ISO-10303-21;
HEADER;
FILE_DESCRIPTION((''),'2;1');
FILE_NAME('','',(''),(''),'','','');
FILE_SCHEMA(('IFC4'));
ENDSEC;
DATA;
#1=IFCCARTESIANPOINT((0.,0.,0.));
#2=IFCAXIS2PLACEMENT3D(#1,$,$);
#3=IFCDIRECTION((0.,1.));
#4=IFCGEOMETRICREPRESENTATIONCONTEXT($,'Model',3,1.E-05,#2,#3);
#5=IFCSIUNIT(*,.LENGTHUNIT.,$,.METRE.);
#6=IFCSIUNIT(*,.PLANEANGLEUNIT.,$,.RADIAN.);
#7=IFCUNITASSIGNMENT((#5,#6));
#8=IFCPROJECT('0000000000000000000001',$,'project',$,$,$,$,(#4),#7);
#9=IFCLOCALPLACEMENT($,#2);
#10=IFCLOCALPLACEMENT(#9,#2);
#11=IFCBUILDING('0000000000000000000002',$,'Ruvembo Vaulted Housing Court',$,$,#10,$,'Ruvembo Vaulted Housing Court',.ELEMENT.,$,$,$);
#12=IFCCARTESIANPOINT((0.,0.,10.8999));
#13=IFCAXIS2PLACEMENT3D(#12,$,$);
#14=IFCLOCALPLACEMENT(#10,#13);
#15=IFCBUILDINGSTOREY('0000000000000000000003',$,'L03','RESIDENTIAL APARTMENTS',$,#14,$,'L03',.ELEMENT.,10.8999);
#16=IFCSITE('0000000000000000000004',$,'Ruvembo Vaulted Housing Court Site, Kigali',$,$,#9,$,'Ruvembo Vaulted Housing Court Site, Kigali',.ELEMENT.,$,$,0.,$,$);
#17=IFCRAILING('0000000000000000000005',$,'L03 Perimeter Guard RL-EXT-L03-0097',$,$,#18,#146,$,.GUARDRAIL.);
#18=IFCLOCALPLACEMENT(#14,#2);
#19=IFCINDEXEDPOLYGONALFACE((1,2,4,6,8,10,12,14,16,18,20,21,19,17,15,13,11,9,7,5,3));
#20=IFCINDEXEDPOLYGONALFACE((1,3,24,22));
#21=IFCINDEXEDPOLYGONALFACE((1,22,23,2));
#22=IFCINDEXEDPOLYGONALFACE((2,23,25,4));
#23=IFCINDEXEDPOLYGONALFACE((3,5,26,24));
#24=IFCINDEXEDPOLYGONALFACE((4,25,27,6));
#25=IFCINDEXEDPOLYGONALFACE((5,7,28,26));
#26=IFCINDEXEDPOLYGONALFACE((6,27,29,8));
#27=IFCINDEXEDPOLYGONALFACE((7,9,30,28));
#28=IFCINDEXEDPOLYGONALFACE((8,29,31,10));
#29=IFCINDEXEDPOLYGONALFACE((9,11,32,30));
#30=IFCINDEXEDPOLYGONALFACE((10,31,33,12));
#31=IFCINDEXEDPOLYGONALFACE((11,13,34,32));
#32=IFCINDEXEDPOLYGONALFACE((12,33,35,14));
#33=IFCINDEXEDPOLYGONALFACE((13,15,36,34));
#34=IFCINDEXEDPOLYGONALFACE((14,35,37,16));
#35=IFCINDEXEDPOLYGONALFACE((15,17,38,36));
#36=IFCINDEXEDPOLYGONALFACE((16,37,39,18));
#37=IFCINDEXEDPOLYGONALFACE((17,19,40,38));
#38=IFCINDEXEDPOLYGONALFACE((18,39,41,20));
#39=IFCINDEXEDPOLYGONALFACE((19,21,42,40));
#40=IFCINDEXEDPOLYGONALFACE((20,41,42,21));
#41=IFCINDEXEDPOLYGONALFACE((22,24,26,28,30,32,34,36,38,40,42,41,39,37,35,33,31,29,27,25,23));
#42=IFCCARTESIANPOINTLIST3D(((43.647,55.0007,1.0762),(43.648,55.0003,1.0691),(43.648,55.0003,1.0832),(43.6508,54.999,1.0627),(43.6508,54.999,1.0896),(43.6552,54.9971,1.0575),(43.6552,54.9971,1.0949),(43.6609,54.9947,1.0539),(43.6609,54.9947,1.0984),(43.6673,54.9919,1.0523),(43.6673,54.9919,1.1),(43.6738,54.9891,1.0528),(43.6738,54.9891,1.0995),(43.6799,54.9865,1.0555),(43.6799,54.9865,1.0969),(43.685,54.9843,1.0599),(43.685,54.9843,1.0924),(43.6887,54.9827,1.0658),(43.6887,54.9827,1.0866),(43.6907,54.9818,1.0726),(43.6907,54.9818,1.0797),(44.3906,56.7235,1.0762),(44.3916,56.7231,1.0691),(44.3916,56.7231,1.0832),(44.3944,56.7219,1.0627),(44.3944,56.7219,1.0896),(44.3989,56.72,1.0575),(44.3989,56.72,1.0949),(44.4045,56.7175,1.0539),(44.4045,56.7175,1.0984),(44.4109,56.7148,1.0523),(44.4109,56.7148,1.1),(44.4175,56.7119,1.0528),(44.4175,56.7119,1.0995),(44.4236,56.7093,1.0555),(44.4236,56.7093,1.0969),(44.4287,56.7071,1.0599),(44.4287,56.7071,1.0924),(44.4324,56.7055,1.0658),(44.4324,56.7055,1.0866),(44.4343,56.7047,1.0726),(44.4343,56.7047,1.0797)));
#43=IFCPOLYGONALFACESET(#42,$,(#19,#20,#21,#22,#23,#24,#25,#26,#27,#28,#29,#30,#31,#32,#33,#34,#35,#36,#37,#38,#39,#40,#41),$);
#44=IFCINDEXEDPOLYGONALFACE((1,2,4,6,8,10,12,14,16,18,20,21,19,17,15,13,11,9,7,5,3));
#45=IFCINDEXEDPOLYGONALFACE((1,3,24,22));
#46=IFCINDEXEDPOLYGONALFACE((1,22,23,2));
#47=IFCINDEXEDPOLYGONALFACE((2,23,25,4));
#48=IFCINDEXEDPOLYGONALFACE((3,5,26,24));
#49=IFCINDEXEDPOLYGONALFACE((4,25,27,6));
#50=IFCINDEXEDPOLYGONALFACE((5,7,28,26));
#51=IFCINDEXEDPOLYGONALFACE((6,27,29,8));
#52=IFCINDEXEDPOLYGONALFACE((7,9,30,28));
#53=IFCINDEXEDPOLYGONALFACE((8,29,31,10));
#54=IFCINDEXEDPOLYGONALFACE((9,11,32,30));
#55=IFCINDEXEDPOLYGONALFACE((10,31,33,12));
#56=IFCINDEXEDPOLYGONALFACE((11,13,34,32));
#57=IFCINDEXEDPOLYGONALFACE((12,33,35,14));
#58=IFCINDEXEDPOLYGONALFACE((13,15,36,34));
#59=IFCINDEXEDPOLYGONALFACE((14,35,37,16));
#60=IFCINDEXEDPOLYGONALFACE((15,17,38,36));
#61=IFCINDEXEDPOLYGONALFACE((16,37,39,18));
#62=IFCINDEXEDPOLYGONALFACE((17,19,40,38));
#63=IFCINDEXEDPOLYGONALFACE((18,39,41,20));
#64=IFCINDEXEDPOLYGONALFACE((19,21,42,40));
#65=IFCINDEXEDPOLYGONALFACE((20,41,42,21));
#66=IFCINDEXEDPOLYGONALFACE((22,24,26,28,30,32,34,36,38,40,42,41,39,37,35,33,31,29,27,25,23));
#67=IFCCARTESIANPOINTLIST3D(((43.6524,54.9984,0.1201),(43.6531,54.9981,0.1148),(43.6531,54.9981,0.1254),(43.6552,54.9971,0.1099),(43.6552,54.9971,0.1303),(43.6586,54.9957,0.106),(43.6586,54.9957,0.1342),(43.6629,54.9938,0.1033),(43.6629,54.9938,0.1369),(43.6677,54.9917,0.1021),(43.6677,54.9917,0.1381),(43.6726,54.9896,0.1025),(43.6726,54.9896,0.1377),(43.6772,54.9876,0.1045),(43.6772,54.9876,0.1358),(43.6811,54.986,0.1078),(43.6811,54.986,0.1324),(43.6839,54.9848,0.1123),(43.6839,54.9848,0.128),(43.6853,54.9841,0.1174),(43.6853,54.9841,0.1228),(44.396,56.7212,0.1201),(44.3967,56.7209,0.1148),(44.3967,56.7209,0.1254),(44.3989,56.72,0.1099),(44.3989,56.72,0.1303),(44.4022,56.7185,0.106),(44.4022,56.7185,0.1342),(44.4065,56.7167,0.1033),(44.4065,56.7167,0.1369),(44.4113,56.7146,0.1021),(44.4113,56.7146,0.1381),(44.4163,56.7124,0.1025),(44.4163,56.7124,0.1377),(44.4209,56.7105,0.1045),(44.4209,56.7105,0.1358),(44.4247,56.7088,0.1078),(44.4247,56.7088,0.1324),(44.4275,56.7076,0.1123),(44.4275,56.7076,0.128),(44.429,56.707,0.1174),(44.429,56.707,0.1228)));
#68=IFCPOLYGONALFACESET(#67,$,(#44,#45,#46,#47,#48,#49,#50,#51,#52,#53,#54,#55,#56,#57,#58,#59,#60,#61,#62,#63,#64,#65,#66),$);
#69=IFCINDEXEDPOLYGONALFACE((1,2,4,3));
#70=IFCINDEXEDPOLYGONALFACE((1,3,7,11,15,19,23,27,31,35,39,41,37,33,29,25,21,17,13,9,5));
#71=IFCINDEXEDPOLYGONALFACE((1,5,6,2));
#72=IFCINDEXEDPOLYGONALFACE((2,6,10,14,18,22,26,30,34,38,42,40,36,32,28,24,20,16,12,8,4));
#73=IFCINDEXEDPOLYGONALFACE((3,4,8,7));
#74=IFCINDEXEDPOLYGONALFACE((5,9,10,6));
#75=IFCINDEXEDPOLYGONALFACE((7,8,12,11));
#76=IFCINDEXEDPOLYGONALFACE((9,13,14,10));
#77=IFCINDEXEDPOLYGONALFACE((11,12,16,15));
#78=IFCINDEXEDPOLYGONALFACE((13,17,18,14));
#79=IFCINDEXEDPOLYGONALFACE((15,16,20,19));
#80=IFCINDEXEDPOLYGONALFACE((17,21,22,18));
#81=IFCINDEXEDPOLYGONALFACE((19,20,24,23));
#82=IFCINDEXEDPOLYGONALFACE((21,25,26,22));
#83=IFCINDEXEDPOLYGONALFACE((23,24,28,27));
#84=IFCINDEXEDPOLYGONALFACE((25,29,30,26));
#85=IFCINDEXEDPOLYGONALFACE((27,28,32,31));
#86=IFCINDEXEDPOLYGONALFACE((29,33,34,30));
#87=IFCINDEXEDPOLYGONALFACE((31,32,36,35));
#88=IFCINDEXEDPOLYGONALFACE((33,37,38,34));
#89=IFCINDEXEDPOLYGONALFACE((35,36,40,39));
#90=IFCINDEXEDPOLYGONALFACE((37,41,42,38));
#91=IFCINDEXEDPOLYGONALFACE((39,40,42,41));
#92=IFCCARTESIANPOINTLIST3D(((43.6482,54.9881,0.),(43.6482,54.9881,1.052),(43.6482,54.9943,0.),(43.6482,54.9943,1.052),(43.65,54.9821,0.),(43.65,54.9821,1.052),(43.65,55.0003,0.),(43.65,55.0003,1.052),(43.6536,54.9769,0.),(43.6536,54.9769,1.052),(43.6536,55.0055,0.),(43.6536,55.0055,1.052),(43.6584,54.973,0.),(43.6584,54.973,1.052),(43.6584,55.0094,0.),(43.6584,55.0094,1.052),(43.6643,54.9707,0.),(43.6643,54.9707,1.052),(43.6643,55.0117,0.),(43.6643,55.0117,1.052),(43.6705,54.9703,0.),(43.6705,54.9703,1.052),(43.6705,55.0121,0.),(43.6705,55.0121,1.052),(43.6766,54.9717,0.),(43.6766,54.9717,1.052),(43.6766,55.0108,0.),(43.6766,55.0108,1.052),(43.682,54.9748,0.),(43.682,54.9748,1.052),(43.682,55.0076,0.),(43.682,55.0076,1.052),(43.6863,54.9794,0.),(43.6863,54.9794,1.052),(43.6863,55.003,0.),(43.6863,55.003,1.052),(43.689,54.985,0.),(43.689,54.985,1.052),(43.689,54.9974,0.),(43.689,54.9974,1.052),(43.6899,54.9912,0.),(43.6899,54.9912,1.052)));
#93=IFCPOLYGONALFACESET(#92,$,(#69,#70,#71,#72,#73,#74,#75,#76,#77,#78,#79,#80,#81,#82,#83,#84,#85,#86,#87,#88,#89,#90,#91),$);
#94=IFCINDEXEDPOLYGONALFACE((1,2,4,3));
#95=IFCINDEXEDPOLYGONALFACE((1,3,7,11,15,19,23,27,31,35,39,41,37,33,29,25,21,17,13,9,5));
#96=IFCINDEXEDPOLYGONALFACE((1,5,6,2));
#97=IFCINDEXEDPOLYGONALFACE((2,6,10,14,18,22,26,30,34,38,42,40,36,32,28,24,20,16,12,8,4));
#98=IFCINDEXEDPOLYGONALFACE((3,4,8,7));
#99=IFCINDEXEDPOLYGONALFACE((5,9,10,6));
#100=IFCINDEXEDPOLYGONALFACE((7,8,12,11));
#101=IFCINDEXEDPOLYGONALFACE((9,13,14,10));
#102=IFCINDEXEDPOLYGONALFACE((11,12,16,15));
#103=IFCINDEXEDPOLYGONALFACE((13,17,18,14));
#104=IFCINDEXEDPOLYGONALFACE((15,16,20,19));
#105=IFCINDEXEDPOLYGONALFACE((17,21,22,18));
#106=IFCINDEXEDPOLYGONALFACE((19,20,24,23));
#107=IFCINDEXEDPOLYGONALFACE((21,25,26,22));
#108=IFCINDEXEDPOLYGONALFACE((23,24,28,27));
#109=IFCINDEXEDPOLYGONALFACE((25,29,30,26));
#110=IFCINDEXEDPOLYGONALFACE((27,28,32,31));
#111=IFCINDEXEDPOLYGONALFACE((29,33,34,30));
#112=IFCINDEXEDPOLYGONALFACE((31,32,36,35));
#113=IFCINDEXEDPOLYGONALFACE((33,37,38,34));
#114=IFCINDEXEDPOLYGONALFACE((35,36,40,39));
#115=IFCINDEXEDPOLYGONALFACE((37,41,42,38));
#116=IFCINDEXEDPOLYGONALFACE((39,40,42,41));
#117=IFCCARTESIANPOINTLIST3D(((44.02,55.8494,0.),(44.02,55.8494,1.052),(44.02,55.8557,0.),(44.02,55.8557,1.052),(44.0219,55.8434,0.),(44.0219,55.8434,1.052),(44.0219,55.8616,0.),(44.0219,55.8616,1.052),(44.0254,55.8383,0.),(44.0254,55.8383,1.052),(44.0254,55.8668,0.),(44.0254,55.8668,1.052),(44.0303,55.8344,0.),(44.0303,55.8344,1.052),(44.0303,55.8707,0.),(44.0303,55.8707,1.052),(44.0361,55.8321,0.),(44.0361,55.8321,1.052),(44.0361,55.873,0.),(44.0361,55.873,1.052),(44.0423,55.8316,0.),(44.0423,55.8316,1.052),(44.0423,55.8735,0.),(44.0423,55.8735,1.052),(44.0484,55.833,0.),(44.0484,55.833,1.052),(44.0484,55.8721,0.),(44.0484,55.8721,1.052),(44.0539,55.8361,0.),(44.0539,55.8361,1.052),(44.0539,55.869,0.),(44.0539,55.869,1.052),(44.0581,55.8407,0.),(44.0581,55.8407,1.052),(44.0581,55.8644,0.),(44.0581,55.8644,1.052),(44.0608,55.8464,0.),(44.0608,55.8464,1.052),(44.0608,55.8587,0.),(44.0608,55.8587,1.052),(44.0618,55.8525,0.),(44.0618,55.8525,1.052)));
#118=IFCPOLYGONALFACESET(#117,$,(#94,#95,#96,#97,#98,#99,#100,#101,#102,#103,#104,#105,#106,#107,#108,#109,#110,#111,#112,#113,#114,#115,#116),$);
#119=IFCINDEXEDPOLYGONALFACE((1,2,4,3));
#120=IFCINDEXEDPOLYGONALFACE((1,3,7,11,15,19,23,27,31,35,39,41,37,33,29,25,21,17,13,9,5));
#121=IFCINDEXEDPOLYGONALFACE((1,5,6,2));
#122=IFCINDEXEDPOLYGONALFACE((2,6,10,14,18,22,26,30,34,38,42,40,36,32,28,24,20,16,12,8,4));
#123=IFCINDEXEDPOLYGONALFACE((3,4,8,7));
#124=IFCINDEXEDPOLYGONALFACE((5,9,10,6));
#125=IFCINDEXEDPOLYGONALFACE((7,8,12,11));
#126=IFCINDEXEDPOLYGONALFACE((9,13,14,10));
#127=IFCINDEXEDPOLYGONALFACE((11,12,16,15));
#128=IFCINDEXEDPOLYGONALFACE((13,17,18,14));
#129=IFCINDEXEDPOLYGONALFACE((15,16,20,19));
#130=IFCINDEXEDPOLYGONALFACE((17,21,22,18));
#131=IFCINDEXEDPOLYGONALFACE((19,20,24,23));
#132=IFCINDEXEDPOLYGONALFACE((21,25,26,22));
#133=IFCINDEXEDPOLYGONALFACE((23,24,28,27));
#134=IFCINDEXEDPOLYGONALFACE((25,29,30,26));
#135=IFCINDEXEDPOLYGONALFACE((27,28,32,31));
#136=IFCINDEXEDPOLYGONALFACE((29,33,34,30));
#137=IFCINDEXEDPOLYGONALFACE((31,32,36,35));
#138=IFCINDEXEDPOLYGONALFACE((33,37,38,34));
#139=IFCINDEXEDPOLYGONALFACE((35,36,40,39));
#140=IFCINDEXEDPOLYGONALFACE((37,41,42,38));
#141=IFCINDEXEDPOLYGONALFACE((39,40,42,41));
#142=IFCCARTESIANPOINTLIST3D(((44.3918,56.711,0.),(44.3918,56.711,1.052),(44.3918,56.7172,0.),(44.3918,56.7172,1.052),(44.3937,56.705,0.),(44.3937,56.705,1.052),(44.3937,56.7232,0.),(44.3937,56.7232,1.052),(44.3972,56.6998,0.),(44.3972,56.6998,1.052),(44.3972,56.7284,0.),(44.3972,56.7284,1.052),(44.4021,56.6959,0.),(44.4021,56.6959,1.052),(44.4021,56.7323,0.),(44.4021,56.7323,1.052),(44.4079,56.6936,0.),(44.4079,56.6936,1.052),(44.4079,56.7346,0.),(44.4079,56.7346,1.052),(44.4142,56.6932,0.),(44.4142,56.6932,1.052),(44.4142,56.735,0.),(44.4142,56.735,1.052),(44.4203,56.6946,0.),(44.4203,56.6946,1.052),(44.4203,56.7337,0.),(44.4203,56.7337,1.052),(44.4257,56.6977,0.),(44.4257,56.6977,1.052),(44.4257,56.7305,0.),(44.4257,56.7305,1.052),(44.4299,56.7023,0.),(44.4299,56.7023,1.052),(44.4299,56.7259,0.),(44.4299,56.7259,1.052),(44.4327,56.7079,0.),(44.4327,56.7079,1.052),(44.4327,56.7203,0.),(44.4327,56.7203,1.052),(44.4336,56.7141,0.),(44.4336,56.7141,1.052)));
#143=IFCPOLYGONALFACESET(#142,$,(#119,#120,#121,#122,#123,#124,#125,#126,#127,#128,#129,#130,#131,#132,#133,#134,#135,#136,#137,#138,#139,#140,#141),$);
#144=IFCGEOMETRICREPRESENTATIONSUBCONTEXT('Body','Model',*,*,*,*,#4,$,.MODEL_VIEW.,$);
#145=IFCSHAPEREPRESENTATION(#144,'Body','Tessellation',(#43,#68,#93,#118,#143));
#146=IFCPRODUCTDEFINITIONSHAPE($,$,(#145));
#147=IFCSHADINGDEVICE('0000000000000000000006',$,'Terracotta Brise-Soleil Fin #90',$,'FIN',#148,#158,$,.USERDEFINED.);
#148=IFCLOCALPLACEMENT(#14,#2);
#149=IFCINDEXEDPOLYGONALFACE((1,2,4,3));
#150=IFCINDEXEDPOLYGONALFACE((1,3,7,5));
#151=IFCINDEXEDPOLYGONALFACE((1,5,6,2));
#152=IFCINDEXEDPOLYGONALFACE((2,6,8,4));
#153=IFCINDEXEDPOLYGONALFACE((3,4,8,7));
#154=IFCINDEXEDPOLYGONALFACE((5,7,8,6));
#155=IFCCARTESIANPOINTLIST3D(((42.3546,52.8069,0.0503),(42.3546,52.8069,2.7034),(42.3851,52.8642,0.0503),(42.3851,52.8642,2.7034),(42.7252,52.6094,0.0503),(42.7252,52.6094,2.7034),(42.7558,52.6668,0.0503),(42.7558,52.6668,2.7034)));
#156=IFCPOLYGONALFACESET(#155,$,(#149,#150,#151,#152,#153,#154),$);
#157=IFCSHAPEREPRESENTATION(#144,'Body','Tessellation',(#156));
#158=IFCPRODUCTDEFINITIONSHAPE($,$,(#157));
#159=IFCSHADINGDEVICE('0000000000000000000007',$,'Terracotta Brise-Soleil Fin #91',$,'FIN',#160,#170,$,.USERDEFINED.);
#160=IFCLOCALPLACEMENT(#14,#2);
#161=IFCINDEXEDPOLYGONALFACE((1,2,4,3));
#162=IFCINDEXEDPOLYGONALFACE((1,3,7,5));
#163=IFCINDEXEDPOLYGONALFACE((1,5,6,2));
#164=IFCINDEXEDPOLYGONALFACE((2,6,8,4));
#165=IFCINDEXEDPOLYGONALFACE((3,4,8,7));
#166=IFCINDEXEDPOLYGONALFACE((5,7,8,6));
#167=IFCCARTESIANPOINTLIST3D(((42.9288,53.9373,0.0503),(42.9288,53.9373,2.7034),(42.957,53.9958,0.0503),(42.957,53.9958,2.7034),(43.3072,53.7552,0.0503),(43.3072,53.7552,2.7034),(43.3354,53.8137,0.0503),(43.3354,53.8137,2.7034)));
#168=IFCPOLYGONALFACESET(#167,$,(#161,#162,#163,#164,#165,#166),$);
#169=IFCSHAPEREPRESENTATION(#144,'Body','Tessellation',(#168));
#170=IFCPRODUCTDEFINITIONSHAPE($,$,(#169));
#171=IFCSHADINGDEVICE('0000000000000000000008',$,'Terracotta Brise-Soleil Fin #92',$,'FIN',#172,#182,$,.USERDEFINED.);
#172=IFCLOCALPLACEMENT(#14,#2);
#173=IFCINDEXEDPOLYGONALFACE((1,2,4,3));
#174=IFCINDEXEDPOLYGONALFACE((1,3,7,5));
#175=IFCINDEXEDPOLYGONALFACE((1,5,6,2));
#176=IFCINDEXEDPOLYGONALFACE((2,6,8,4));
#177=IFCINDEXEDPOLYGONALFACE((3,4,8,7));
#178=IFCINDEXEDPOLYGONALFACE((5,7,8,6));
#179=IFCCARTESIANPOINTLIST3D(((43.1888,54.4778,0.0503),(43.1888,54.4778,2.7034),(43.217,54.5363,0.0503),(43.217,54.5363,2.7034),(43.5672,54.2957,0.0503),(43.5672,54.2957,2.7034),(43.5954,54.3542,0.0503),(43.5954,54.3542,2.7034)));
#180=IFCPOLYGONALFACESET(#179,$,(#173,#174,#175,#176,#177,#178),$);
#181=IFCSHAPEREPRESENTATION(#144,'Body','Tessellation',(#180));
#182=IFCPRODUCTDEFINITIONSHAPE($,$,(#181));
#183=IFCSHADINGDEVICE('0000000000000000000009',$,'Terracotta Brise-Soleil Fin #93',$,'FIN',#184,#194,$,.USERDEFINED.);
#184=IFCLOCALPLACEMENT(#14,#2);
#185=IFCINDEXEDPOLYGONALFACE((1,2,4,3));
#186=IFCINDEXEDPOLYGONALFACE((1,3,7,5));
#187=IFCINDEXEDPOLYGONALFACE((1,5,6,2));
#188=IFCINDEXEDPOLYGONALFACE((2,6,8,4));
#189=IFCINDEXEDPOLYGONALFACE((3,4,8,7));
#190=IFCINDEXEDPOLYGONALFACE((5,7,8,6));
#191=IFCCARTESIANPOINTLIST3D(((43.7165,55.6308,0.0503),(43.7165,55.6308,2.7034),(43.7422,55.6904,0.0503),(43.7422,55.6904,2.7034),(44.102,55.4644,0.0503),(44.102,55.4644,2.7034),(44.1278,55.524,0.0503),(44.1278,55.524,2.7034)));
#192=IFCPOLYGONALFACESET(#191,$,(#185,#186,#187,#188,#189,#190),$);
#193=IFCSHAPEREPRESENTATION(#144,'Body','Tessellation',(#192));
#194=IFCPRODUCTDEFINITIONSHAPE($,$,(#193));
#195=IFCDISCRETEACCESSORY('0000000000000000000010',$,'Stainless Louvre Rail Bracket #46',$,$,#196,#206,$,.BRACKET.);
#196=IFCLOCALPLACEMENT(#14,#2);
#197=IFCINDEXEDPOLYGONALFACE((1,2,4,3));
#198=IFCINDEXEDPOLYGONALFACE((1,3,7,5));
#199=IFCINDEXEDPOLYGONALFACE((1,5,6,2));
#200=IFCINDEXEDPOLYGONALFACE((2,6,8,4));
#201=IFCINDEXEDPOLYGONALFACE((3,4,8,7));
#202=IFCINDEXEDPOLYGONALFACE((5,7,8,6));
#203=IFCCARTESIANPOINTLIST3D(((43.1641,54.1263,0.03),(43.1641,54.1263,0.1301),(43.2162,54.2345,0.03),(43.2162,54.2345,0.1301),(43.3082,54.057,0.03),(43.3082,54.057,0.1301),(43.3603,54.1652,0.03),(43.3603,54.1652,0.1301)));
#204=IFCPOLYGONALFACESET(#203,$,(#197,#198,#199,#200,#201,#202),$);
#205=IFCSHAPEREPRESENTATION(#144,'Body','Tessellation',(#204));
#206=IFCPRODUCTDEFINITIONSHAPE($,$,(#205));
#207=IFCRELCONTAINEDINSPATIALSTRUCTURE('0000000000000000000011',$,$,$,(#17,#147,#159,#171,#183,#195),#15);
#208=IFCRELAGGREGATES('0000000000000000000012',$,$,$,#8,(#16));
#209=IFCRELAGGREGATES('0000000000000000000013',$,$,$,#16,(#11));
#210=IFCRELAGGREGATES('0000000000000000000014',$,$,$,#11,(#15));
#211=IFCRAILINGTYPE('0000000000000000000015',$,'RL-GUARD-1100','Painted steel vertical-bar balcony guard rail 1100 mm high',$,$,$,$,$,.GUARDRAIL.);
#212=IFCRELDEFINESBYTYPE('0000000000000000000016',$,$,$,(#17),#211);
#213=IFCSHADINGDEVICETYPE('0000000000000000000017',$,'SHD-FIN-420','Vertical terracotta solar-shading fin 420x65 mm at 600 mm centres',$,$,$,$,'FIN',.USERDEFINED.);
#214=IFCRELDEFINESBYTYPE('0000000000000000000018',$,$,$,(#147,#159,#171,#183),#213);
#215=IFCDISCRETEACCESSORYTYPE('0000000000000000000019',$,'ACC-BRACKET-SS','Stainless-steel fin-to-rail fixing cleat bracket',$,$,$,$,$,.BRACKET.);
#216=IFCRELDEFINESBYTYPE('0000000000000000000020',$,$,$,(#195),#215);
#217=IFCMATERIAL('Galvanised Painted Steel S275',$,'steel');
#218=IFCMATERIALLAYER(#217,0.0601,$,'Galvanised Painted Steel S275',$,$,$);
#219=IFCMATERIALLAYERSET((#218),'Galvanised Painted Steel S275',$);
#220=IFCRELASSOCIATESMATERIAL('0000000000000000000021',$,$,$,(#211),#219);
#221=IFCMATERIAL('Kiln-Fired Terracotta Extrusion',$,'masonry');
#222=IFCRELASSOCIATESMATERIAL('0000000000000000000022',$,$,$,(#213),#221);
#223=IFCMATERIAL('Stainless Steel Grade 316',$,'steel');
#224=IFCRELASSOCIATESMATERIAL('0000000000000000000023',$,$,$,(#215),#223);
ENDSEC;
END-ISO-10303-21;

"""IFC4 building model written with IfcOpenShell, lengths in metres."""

from ifc_helpers import new_model, si_unit, direction, frame, origin, origin_2d, place, context, subcontext, project, spatial, rectangle, circle, extrude, material, layer, layer_set, type_object, element, save


model = new_model("IFC4")

# Units and contexts
model_context = context("Model", 3, precision=1e-05, world=origin(), true_north=direction((0.0, 1.0)))
body_context = subcontext(model_context, "Body", "Model", "MODEL_VIEW")
ifc_project = project(units=[si_unit("LENGTHUNIT", "METRE"), si_unit("PLANEANGLEUNIT", "RADIAN")], contexts=[model_context])

# Site, building, storey
site_placement = place(None, origin())
site = spatial("IfcSite", under=ifc_project, at=site_placement, Name="Ruvembo Vaulted Housing Court Site, Kigali", LongName="Ruvembo Vaulted Housing Court Site, Kigali", CompositionType="ELEMENT", RefElevation=0.0)
building_placement = place(site_placement, origin())
building = spatial("IfcBuilding", under=site, at=building_placement, Name="Ruvembo Vaulted Housing Court", LongName="Ruvembo Vaulted Housing Court", CompositionType="ELEMENT")
storey_placement = place(building_placement, frame((0.0, 0.0, 10.8999)))
storey = spatial("IfcBuildingStorey", under=building, at=storey_placement, Name="L03", Description="RESIDENTIAL APARTMENTS", LongName="L03", CompositionType="ELEMENT", Elevation=10.8999)

# Railing
ifc_material_1 = material(Name="Galvanised Painted Steel S275", Category="steel")
ifc_layer_1 = layer(ifc_material_1, 0.0601, Name="Galvanised Painted Steel S275")
ifc_layer_set_1 = layer_set([ifc_layer_1], Name="Galvanised Painted Steel S275")
railing_type = type_object("IfcRailingType", Name="RL-GUARD-1100", Description="Painted steel vertical-bar balcony guard rail 1100 mm high", PredefinedType="GUARDRAIL", material=ifc_layer_set_1)
railing_1_placement = place(storey_placement, frame((43.6689, 54.9912, 0.0)))
element("IfcRailing", 1, at=railing_1_placement, inside=storey, type_object=railing_type, Name="L03 Perimeter Guard RL-EXT-L03-0097", PredefinedType="GUARDRAIL", context=body_context, shape_type="SweptSolid", body=[
    extrude(circle(Radius=0.0239, at=origin_2d()), frame((0.0, 0.0, 1.0762), z_axis=(0.396289, 0.918126, 0.0), x_axis=(-0.918126, 0.396289, 0.0)), (0.0, 0.0, 1.0), 1.8765),
    extrude(circle(Radius=0.0181, at=origin_2d()), frame((0.0, 0.0, 0.1201), z_axis=(0.396289, 0.918126, 0.0), x_axis=(-0.918126, 0.396289, 0.0)), (0.0, 0.0, 1.0), 1.8765),
    extrude(circle(Radius=0.021, at=origin_2d()), origin(), (0.0, 0.0, 1.0), 1.052),
    extrude(circle(Radius=0.021, at=origin_2d()), frame((0.3718, 0.8613, 0.0)), (0.0, 0.0, 1.0), 1.052),
    extrude(circle(Radius=0.021, at=origin_2d()), frame((0.7437, 1.7229, 0.0)), (0.0, 0.0, 1.0), 1.052),
])

# Shading devices
ifc_material_2 = material(Name="Kiln-Fired Terracotta Extrusion", Category="masonry")
shading_device_type = type_object("IfcShadingDeviceType", Name="SHD-FIN-420", Description="Vertical terracotta solar-shading fin 420x65 mm at 600 mm centres", ElementType="FIN", PredefinedType="USERDEFINED", material=ifc_material_2)
for number, where, z_axis, x_axis, name in (
    (2, (42.5552, 52.7368, 0.0503), (0.0, 0.0, 1.0), (0.882587, -0.470149, 0.0), "Terracotta Brise-Soleil Fin #90"),
    (3, (43.1321, 53.8755, 0.0503), (0.0, 0.0, 1.0), (0.9011, -0.433612, 0.0), "Terracotta Brise-Soleil Fin #91"),
    (4, (43.3921, 54.416, 0.0503), (0.0, 0.0, 1.0), (0.9011, -0.433612, 0.0), "Terracotta Brise-Soleil Fin #92"),
    (5, (43.9221, 55.5774, 0.0503), (0.0, 0.0, 1.0), (0.918122, -0.396299, 0.0), "Terracotta Brise-Soleil Fin #93"),
):
    element("IfcShadingDevice", number, at=place(storey_placement, frame(where, z_axis=z_axis, x_axis=x_axis)), inside=storey, type_object=shading_device_type, Name=name, ObjectType="FIN", PredefinedType="USERDEFINED", context=body_context, shape_type="SweptSolid", body=[
        extrude(rectangle(XDim=0.4199, YDim=0.0649, at=origin_2d()), origin(), (0.0, 0.0, 1.0), 2.6531),
    ])

# Discrete accessory
ifc_material_3 = material(Name="Stainless Steel Grade 316", Category="steel")
discrete_accessory_type = type_object("IfcDiscreteAccessoryType", Name="ACC-BRACKET-SS", Description="Stainless-steel fin-to-rail fixing cleat bracket", PredefinedType="BRACKET", material=ifc_material_3)
discrete_accessory_placement = place(storey_placement, frame((43.2622, 54.1458, 0.03), z_axis=(0.0, 0.0, 1.0), x_axis=(0.9011, -0.433612, 0.0)))
element("IfcDiscreteAccessory", 6, at=discrete_accessory_placement, inside=storey, type_object=discrete_accessory_type, Name="Stainless Louvre Rail Bracket #46", PredefinedType="BRACKET", context=body_context, shape_type="SweptSolid", body=[
    extrude(rectangle(XDim=0.1599, YDim=0.1201, at=origin_2d()), origin(), (0.0, 0.0, 1.0), 0.1001),
])

save(model, "model.ifc")
